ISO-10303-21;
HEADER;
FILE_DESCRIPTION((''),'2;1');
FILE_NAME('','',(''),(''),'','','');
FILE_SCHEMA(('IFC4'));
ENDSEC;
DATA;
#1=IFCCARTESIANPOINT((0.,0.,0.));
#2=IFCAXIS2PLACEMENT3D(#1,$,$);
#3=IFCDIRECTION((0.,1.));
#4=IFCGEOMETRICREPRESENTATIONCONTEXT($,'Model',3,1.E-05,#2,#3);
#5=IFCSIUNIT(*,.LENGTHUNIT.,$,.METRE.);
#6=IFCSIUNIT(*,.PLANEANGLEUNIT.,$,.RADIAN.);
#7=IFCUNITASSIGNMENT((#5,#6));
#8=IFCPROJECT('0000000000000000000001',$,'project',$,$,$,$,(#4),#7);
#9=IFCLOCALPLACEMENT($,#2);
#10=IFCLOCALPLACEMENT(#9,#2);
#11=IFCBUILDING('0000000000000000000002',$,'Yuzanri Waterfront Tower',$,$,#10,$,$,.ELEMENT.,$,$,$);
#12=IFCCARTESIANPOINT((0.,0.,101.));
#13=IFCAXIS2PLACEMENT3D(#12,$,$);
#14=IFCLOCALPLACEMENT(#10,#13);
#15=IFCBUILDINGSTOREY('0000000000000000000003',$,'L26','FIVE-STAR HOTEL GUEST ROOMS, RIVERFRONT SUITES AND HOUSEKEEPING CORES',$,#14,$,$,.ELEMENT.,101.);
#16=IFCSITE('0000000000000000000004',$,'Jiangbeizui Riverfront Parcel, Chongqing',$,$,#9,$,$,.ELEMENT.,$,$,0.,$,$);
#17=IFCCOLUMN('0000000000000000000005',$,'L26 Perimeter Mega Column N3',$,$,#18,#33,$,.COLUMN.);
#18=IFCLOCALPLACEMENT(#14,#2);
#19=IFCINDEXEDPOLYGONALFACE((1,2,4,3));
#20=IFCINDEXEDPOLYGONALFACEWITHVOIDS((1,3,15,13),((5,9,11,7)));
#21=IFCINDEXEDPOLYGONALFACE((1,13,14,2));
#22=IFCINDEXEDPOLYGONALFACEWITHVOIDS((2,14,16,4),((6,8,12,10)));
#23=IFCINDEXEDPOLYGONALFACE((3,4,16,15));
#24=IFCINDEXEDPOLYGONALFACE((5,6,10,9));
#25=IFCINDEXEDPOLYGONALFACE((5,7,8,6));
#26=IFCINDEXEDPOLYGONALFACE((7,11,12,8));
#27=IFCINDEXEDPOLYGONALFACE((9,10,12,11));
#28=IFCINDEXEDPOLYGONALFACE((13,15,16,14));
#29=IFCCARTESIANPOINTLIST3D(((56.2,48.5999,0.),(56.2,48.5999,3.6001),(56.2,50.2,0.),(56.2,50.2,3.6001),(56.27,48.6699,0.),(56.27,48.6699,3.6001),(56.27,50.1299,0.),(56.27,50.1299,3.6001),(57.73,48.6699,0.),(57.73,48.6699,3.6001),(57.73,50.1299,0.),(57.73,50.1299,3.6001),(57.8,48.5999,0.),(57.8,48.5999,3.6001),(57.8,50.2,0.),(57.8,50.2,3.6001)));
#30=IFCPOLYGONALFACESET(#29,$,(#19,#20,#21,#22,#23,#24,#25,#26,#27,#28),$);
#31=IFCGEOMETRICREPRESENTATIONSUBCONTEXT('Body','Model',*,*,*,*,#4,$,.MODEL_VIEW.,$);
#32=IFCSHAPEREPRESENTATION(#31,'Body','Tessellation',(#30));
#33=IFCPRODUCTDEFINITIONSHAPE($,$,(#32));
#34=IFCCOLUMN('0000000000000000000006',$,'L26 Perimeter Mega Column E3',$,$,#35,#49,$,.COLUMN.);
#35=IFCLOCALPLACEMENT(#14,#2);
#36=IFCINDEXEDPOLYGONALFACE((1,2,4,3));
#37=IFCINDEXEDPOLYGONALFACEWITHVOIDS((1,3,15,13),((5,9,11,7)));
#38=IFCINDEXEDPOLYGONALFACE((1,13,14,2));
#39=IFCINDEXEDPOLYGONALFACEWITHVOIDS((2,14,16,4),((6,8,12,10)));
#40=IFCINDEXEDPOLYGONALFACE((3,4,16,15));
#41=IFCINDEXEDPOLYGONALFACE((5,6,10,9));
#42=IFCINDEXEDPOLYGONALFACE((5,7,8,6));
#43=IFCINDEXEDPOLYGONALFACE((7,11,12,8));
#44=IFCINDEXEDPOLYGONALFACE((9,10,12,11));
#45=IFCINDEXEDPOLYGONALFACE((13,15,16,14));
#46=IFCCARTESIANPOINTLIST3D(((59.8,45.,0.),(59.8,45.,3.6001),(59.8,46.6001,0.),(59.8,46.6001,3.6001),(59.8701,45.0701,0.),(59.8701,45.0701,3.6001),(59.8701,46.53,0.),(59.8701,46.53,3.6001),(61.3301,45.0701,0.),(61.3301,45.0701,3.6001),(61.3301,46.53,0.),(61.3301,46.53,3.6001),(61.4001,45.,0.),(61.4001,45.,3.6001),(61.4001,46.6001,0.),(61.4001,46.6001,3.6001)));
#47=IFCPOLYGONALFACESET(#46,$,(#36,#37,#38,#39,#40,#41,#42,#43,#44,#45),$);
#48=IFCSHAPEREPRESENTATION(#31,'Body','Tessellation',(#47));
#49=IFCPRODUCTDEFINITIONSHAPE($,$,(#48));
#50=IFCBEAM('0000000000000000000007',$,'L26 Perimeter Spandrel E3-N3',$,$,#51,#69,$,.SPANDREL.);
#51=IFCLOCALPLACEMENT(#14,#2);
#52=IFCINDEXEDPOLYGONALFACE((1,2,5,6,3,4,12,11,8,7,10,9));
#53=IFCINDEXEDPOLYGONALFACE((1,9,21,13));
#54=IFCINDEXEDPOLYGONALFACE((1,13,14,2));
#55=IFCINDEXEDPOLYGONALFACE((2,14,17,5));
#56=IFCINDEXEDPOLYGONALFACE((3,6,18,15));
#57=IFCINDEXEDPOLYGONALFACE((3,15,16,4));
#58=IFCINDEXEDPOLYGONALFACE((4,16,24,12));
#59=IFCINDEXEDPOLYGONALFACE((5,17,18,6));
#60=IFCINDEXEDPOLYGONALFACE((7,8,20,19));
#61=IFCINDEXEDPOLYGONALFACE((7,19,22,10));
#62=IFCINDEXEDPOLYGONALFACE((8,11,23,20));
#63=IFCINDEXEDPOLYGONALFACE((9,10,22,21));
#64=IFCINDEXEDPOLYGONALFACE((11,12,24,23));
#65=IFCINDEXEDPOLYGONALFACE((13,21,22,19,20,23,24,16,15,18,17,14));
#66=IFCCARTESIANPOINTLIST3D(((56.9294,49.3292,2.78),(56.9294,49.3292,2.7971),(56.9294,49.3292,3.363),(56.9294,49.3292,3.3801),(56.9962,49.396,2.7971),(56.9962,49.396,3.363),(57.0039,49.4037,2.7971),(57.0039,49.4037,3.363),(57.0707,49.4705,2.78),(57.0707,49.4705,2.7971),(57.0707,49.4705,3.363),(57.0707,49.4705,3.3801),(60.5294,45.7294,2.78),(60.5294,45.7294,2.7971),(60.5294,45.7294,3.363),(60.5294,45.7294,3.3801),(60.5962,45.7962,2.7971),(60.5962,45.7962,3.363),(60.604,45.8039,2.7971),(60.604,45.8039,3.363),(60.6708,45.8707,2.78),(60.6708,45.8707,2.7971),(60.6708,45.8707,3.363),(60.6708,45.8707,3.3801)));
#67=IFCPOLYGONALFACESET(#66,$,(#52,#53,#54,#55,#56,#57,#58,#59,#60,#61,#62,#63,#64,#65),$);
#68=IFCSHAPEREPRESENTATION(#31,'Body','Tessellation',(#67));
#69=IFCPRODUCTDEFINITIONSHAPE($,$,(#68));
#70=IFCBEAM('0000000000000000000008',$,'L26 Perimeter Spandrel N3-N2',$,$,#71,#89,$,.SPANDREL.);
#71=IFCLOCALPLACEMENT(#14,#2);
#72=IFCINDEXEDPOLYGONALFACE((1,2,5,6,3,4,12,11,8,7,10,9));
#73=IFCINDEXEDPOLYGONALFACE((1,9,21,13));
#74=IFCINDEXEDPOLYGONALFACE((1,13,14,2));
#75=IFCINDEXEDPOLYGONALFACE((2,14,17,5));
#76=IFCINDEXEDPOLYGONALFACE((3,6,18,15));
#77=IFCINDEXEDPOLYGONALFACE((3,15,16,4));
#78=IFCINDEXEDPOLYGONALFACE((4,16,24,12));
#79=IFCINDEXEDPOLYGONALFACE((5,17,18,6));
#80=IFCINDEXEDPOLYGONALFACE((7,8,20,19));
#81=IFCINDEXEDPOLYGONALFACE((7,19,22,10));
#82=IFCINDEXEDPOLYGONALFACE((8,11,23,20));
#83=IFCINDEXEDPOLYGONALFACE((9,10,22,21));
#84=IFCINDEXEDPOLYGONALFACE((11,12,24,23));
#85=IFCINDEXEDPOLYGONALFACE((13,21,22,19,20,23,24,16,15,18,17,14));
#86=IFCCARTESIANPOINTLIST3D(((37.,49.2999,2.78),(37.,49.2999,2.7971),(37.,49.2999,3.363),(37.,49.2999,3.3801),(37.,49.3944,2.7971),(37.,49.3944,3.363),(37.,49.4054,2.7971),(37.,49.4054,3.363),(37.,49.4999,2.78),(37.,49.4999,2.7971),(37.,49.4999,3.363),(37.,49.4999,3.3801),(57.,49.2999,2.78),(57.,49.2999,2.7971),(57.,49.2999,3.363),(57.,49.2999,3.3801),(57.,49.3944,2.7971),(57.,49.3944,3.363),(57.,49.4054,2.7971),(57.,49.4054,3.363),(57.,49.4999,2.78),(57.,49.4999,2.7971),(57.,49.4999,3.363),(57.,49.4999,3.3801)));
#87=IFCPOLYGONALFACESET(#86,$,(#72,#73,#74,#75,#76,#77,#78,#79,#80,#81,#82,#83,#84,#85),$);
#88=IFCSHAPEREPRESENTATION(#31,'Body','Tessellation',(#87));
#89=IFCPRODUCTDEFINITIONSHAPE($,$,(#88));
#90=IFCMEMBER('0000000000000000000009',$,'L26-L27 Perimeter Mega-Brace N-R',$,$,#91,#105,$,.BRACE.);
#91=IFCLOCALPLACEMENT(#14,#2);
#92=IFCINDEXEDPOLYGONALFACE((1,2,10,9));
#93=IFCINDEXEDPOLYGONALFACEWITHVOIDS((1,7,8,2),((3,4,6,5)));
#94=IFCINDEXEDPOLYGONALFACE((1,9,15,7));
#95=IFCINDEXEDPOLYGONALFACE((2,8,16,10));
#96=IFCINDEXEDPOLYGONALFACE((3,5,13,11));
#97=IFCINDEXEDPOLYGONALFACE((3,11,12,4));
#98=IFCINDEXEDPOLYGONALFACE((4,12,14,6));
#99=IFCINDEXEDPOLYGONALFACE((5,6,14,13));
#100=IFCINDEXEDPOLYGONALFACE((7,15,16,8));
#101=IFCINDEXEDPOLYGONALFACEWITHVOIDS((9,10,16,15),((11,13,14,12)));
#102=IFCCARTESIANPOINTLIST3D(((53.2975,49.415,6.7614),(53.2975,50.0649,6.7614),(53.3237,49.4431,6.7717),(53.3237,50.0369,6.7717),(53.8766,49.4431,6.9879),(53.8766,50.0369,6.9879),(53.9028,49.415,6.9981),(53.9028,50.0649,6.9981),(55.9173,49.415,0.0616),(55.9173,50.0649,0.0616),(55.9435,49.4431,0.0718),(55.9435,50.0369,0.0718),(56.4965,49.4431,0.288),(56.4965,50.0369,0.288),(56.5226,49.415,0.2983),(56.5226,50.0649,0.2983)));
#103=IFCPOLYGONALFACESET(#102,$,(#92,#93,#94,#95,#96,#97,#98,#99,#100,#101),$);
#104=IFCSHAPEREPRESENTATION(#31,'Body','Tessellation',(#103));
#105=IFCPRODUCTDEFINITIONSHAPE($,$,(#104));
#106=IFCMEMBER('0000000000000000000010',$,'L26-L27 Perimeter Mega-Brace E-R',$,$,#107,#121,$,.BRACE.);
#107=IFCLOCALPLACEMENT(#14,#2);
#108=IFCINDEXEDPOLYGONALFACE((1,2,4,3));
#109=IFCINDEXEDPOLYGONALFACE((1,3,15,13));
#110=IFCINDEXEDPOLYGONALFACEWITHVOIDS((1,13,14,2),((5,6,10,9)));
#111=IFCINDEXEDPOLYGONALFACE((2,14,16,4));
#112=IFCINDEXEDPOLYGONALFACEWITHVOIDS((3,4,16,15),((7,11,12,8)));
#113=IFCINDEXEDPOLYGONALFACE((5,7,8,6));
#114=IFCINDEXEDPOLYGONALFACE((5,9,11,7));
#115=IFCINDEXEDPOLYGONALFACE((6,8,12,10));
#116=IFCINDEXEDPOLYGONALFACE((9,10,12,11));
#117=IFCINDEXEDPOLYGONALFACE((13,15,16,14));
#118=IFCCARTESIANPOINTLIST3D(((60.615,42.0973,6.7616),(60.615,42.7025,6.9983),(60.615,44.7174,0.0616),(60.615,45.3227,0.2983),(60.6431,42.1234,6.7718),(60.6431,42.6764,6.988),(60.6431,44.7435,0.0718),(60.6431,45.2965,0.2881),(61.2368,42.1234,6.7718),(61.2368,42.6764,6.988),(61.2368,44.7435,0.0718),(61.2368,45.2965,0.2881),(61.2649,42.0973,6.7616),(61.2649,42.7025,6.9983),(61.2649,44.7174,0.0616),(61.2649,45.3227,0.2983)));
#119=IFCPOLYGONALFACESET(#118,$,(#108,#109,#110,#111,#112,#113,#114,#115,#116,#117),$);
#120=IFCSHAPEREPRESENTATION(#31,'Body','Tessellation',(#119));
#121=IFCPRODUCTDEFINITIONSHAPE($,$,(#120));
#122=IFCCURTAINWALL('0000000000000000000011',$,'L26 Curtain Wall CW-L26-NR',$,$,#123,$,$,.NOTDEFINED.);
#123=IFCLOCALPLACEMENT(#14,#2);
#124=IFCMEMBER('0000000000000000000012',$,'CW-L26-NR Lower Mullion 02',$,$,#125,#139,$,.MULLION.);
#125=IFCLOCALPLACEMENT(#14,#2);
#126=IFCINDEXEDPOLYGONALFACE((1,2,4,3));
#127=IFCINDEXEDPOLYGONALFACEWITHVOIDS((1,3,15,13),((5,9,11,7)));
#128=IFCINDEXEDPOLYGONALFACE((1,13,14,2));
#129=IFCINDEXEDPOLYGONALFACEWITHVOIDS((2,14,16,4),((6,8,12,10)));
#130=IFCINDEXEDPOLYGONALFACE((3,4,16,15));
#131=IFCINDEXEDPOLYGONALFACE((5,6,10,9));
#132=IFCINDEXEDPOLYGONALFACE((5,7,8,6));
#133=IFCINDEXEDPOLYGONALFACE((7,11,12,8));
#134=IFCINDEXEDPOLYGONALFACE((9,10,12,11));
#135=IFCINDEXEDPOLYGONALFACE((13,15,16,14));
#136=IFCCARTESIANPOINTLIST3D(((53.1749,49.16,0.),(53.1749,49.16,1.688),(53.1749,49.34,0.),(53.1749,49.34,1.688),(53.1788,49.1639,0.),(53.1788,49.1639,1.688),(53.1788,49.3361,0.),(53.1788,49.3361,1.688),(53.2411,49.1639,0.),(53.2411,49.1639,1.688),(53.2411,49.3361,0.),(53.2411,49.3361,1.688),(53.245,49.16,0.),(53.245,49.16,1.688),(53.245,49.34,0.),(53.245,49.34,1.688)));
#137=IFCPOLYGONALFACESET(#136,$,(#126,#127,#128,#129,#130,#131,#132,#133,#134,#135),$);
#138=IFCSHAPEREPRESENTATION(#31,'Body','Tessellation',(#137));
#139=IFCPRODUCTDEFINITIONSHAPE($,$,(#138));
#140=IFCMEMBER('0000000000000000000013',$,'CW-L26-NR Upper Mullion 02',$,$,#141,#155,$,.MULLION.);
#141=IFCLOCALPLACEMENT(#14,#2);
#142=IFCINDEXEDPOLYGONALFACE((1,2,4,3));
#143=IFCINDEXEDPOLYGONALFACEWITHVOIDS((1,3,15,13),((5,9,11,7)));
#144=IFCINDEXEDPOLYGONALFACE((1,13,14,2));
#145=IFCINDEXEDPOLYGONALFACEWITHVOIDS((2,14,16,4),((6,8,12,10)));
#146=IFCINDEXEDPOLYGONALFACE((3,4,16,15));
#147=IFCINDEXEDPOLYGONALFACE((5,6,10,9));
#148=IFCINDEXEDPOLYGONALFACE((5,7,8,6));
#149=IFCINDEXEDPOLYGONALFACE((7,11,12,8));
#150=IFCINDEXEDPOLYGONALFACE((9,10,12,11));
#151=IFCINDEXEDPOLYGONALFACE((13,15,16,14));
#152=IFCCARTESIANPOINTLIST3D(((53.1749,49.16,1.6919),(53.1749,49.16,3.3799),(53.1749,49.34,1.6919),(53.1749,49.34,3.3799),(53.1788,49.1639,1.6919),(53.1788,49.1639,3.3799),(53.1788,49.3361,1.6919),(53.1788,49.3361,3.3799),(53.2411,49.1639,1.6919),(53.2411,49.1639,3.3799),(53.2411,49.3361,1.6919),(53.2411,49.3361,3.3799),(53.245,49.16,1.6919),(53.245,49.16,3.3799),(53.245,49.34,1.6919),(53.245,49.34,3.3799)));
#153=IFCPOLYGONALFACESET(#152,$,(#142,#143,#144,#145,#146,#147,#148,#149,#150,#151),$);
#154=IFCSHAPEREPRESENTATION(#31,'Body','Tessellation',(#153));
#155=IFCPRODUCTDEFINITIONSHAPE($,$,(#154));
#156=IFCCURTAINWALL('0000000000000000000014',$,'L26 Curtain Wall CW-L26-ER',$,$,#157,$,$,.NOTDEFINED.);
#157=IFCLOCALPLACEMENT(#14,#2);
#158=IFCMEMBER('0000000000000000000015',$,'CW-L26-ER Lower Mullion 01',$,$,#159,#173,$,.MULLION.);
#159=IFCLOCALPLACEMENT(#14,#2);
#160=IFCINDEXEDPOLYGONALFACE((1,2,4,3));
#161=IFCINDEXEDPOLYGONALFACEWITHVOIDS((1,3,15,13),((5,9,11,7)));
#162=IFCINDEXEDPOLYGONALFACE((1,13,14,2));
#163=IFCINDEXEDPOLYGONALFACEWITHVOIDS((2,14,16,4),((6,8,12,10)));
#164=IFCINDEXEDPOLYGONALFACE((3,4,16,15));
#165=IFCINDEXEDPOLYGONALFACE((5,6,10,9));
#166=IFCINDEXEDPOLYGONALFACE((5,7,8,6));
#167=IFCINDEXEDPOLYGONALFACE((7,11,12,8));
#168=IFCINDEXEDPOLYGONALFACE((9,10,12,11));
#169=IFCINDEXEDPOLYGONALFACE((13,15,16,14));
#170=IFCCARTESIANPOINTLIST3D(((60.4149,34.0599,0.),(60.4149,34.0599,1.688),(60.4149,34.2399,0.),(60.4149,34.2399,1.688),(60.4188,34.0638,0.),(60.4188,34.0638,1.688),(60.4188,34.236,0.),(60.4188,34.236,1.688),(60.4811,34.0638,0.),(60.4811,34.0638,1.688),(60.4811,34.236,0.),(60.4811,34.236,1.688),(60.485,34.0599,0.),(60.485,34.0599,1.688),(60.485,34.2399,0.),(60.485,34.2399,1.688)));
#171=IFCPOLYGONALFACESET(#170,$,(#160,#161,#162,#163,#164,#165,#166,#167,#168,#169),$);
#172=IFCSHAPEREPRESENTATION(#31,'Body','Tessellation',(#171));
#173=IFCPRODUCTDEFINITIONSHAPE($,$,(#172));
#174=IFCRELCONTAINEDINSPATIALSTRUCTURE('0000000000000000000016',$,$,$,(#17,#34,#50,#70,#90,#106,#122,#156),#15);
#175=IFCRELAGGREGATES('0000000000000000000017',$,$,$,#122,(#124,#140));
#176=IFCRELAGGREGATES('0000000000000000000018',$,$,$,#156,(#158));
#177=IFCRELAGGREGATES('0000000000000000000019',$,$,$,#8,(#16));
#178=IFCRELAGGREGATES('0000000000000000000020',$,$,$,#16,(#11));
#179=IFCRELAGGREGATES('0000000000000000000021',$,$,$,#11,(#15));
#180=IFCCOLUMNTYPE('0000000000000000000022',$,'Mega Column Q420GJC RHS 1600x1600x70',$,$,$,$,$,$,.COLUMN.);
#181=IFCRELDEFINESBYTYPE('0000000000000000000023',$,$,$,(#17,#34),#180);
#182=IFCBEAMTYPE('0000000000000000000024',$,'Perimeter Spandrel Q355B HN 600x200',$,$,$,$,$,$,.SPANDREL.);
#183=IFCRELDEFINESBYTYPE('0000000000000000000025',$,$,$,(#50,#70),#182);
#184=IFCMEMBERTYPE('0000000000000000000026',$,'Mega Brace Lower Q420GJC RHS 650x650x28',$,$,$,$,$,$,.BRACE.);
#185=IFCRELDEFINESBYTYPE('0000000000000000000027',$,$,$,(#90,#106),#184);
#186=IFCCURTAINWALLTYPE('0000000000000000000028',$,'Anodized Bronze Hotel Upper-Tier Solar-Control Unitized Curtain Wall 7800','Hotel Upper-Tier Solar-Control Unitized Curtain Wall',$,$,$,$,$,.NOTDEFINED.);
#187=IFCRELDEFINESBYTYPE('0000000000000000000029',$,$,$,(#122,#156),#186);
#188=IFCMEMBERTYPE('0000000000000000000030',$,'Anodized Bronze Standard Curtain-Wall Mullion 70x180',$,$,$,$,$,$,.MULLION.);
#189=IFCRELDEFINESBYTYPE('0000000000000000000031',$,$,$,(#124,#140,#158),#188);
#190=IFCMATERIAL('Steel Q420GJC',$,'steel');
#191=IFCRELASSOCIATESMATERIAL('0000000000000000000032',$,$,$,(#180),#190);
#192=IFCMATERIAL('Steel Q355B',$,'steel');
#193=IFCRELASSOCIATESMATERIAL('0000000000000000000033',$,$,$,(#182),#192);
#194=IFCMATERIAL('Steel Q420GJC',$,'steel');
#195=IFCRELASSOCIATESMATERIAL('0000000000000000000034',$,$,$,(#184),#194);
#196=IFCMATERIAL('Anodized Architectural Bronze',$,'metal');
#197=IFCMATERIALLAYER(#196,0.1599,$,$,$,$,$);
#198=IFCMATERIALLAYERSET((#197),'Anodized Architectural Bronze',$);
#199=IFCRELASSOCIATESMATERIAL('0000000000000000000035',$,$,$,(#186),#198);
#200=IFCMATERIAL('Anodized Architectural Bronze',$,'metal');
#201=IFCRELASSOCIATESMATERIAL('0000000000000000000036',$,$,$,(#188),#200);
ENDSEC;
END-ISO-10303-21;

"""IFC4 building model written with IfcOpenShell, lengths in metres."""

from ifc_helpers import new_model, si_unit, direction, frame, origin, origin_2d, place, context, subcontext, project, spatial, hollow_rectangle, i_section, extrude, source, transform, mapped, material, layer, layer_set, material_profile, profile_set, type_object, element, aggregate, save


model = new_model("IFC4")

# Units and contexts
model_context = context("Model", 3, precision=1e-05, world=origin(), true_north=direction((0.0, 1.0)))
body_context = subcontext(model_context, "Body", "Model", "MODEL_VIEW")
ifc_project = project(units=[si_unit("LENGTHUNIT", "METRE"), si_unit("PLANEANGLEUNIT", "RADIAN")], contexts=[model_context])

# Site, building, storey
site_placement = place(None, origin())
site = spatial("IfcSite", under=ifc_project, at=site_placement, Name="Jiangbeizui Riverfront Parcel, Chongqing", CompositionType="ELEMENT", RefElevation=0.0)
building_placement = place(site_placement, origin())
building = spatial("IfcBuilding", under=site, at=building_placement, Name="Yuzanri Waterfront Tower", CompositionType="ELEMENT")
storey_placement = place(building_placement, frame((0.0, 0.0, 101.0)))
storey = spatial("IfcBuildingStorey", under=building, at=storey_placement, Name="L26", Description="FIVE-STAR HOTEL GUEST ROOMS, RIVERFRONT SUITES AND HOUSEKEEPING CORES", CompositionType="ELEMENT", Elevation=101.0)

# Columns
ifc_material_1 = material(Name="Steel Q420GJC", Category="steel")
ifc_material_profile_1 = material_profile(ifc_material_1, hollow_rectangle(XDim=1.6001, YDim=1.6001, WallThickness=0.0701, at=origin_2d()), Name="RHS 1600x1600x70")
ifc_profile_set_1 = profile_set([ifc_material_profile_1], Name="Steel Q420GJC")
column_type = type_object("IfcColumnType", Name="Mega Column Q420GJC RHS 1600x1600x70", PredefinedType="COLUMN", material=ifc_profile_set_1)
shared_shape_1 = source(origin(), body_context, "Body", "SweptSolid", [
    extrude(hollow_rectangle(XDim=1.6001, YDim=1.6001, WallThickness=0.0701, at=origin_2d()), origin(), (0.0, 0.0, 1.0), 3.6001),
])
for number, where, z_axis, x_axis, name in (
    (1, (57.0, 49.3999, 0.0), (0.0, 0.0, 1.0), (1.0, 0.0, 0.0), "L26 Perimeter Mega Column N3"),
    (2, (60.6001, 45.8, 0.0), (0.0, 0.0, 1.0), (1.0, 0.0, 0.0), "L26 Perimeter Mega Column E3"),
):
    element("IfcColumn", number, at=place(storey_placement, frame(where, z_axis=z_axis, x_axis=x_axis)), inside=storey, type_object=column_type, Name=name, PredefinedType="COLUMN", context=body_context, shape_type="MappedRepresentation", body=[
        mapped(shared_shape_1, transform((0.0, 0.0, 0.0), scale=1.0)),
    ])

# Beams
ifc_material_2 = material(Name="Steel Q355B", Category="steel")
ifc_material_profile_2 = material_profile(ifc_material_2, i_section(OverallWidth=0.2, OverallDepth=0.6001, WebThickness=0.011, FlangeThickness=0.0171, at=origin_2d()), Name="HN 600x200x11x17")
ifc_profile_set_2 = profile_set([ifc_material_profile_2], Name="Steel Q355B")
beam_type = type_object("IfcBeamType", Name="Perimeter Spandrel Q355B HN 600x200", PredefinedType="SPANDREL", material=ifc_profile_set_2)
shared_shape_2 = source(origin(), body_context, "Body", "SweptSolid", [
    extrude(i_section(OverallWidth=0.2, OverallDepth=0.6001, WebThickness=0.011, FlangeThickness=0.0171, at=origin_2d()), origin(), (0.0, 0.0, 1.0), 5.0911),
])
beam_1_placement = place(storey_placement, frame((60.6001, 45.8, 3.0801), z_axis=(-0.707131, 0.707083, 0.0), x_axis=(-0.707083, -0.707131, 0.0)))
element("IfcBeam", 3, at=beam_1_placement, inside=storey, type_object=beam_type, Name="L26 Perimeter Spandrel E3-N3", PredefinedType="SPANDREL", context=body_context, shape_type="MappedRepresentation", body=[
    mapped(shared_shape_2, transform((0.0, 0.0, 0.0), scale=1.0)),
])
shared_shape_3 = source(origin(), body_context, "Body", "SweptSolid", [
    extrude(i_section(OverallWidth=0.2, OverallDepth=0.6001, WebThickness=0.011, FlangeThickness=0.0171, at=origin_2d()), origin(), (0.0, 0.0, 1.0), 20.0),
])
beam_2_placement = place(storey_placement, frame((57.0, 49.3999, 3.0801), z_axis=(-1.0, 0.0, 0.0), x_axis=(0.0, -1.0, 0.0)))
element("IfcBeam", 4, at=beam_2_placement, inside=storey, type_object=beam_type, Name="L26 Perimeter Spandrel N3-N2", PredefinedType="SPANDREL", context=body_context, shape_type="MappedRepresentation", body=[
    mapped(shared_shape_3, transform((0.0, 0.0, 0.0), scale=1.0)),
])

# Members
ifc_material_3 = material(Name="Steel Q420GJC", Category="steel")
ifc_material_profile_3 = material_profile(ifc_material_3, hollow_rectangle(XDim=0.6499, YDim=0.6499, WallThickness=0.0281, at=origin_2d()), Name="RHS 650x650x28")
ifc_profile_set_3 = profile_set([ifc_material_profile_3], Name="Steel Q420GJC")
member_type_1 = type_object("IfcMemberType", Name="Mega Brace Lower Q420GJC RHS 650x650x28", PredefinedType="BRACE", material=ifc_profile_set_3)
shared_shape_4 = source(origin(), body_context, "Body", "SweptSolid", [
    extrude(hollow_rectangle(XDim=0.6499, YDim=0.6499, WallThickness=0.0281, at=origin_2d()), origin(), (0.0, 0.0, 1.0), 7.1938),
])
member_1_placement = place(storey_placement, frame((56.22, 49.74, 0.1799), z_axis=(-0.364177, 0.0, 0.93133), x_axis=(0.0, -1.0, 0.0)))
element("IfcMember", 5, at=member_1_placement, inside=storey, type_object=member_type_1, Name="L26-L27 Perimeter Mega-Brace N-R", PredefinedType="BRACE", context=body_context, shape_type="MappedRepresentation", body=[
    mapped(shared_shape_4, transform((0.0, 0.0, 0.0), scale=1.0)),
])
shared_shape_5 = source(origin(), body_context, "Body", "SweptSolid", [
    extrude(hollow_rectangle(XDim=0.6499, YDim=0.6499, WallThickness=0.0281, at=origin_2d()), origin(), (0.0, 0.0, 1.0), 7.1941),
])
member_2_placement = place(storey_placement, frame((60.9399, 45.02, 0.1799), z_axis=(0.0, -0.364206, 0.931318), x_axis=(1.0, 0.0, 0.0)))
element("IfcMember", 6, at=member_2_placement, inside=storey, type_object=member_type_1, Name="L26-L27 Perimeter Mega-Brace E-R", PredefinedType="BRACE", context=body_context, shape_type="MappedRepresentation", body=[
    mapped(shared_shape_5, transform((0.0, 0.0, 0.0), scale=1.0)),
])

# Curtain walls, members
ifc_material_4 = material(Name="Anodized Architectural Bronze", Category="metal")
ifc_layer_1 = layer(ifc_material_4, 0.1599)
ifc_layer_set_1 = layer_set([ifc_layer_1], Name="Anodized Architectural Bronze")
curtain_wall_type = type_object("IfcCurtainWallType", Name="Anodized Bronze Hotel Upper-Tier Solar-Control Unitized Curtain Wall 7800", Description="Hotel Upper-Tier Solar-Control Unitized Curtain Wall", PredefinedType="NOTDEFINED", material=ifc_layer_set_1)
curtain_wall_1_placement = place(storey_placement, origin())
curtain_wall_1 = element("IfcCurtainWall", 7, at=curtain_wall_1_placement, inside=storey, type_object=curtain_wall_type, Name="L26 Curtain Wall CW-L26-NR", PredefinedType="NOTDEFINED")
ifc_material_5 = material(Name="Anodized Architectural Bronze", Category="metal")
ifc_material_profile_4 = material_profile(ifc_material_5, hollow_rectangle(XDim=0.0701, YDim=0.1799, WallThickness=0.0039, at=origin_2d()), Name="CWM 70x180")
ifc_profile_set_4 = profile_set([ifc_material_profile_4], Name="Anodized Architectural Bronze")
member_type_2 = type_object("IfcMemberType", Name="Anodized Bronze Standard Curtain-Wall Mullion 70x180", PredefinedType="MULLION", material=ifc_profile_set_4)
shared_shape_6 = source(origin(), body_context, "Body", "SweptSolid", [
    extrude(hollow_rectangle(XDim=0.0701, YDim=0.1799, WallThickness=0.0039, at=origin_2d()), origin(), (0.0, 0.0, 1.0), 1.688),
])
member_3_placement = place(storey_placement, frame((53.21, 49.25, 0.0), z_axis=(0.0, 0.0, 1.0), x_axis=(1.0, 0.0, 0.0)))
member_3 = element("IfcMember", 8, at=member_3_placement, type_object=member_type_2, Name="CW-L26-NR Lower Mullion 02", PredefinedType="MULLION", context=body_context, shape_type="MappedRepresentation", body=[
    mapped(shared_shape_6, transform((0.0, 0.0, 0.0), scale=1.0)),
])
member_4_placement = place(storey_placement, frame((53.21, 49.25, 1.6919), z_axis=(0.0, 0.0, 1.0), x_axis=(1.0, 0.0, 0.0)))
member_4 = element("IfcMember", 9, at=member_4_placement, type_object=member_type_2, Name="CW-L26-NR Upper Mullion 02", PredefinedType="MULLION", context=body_context, shape_type="MappedRepresentation", body=[
    mapped(shared_shape_6, transform((0.0, 0.0, 0.0), scale=1.0)),
])
aggregate(curtain_wall_1, [member_3, member_4])
curtain_wall_2_placement = place(storey_placement, origin())
curtain_wall_2 = element("IfcCurtainWall", 10, at=curtain_wall_2_placement, inside=storey, type_object=curtain_wall_type, Name="L26 Curtain Wall CW-L26-ER", PredefinedType="NOTDEFINED")
member_5_placement = place(storey_placement, frame((60.45, 34.1499, 0.0), z_axis=(0.0, 0.0, 1.0), x_axis=(1.0, 0.0, 0.0)))
member_5 = element("IfcMember", 11, at=member_5_placement, type_object=member_type_2, Name="CW-L26-ER Lower Mullion 01", PredefinedType="MULLION", context=body_context, shape_type="MappedRepresentation", body=[
    mapped(shared_shape_6, transform((0.0, 0.0, 0.0), scale=1.0)),
])

aggregate(curtain_wall_2, [member_5])

save(model, "model.ifc")
